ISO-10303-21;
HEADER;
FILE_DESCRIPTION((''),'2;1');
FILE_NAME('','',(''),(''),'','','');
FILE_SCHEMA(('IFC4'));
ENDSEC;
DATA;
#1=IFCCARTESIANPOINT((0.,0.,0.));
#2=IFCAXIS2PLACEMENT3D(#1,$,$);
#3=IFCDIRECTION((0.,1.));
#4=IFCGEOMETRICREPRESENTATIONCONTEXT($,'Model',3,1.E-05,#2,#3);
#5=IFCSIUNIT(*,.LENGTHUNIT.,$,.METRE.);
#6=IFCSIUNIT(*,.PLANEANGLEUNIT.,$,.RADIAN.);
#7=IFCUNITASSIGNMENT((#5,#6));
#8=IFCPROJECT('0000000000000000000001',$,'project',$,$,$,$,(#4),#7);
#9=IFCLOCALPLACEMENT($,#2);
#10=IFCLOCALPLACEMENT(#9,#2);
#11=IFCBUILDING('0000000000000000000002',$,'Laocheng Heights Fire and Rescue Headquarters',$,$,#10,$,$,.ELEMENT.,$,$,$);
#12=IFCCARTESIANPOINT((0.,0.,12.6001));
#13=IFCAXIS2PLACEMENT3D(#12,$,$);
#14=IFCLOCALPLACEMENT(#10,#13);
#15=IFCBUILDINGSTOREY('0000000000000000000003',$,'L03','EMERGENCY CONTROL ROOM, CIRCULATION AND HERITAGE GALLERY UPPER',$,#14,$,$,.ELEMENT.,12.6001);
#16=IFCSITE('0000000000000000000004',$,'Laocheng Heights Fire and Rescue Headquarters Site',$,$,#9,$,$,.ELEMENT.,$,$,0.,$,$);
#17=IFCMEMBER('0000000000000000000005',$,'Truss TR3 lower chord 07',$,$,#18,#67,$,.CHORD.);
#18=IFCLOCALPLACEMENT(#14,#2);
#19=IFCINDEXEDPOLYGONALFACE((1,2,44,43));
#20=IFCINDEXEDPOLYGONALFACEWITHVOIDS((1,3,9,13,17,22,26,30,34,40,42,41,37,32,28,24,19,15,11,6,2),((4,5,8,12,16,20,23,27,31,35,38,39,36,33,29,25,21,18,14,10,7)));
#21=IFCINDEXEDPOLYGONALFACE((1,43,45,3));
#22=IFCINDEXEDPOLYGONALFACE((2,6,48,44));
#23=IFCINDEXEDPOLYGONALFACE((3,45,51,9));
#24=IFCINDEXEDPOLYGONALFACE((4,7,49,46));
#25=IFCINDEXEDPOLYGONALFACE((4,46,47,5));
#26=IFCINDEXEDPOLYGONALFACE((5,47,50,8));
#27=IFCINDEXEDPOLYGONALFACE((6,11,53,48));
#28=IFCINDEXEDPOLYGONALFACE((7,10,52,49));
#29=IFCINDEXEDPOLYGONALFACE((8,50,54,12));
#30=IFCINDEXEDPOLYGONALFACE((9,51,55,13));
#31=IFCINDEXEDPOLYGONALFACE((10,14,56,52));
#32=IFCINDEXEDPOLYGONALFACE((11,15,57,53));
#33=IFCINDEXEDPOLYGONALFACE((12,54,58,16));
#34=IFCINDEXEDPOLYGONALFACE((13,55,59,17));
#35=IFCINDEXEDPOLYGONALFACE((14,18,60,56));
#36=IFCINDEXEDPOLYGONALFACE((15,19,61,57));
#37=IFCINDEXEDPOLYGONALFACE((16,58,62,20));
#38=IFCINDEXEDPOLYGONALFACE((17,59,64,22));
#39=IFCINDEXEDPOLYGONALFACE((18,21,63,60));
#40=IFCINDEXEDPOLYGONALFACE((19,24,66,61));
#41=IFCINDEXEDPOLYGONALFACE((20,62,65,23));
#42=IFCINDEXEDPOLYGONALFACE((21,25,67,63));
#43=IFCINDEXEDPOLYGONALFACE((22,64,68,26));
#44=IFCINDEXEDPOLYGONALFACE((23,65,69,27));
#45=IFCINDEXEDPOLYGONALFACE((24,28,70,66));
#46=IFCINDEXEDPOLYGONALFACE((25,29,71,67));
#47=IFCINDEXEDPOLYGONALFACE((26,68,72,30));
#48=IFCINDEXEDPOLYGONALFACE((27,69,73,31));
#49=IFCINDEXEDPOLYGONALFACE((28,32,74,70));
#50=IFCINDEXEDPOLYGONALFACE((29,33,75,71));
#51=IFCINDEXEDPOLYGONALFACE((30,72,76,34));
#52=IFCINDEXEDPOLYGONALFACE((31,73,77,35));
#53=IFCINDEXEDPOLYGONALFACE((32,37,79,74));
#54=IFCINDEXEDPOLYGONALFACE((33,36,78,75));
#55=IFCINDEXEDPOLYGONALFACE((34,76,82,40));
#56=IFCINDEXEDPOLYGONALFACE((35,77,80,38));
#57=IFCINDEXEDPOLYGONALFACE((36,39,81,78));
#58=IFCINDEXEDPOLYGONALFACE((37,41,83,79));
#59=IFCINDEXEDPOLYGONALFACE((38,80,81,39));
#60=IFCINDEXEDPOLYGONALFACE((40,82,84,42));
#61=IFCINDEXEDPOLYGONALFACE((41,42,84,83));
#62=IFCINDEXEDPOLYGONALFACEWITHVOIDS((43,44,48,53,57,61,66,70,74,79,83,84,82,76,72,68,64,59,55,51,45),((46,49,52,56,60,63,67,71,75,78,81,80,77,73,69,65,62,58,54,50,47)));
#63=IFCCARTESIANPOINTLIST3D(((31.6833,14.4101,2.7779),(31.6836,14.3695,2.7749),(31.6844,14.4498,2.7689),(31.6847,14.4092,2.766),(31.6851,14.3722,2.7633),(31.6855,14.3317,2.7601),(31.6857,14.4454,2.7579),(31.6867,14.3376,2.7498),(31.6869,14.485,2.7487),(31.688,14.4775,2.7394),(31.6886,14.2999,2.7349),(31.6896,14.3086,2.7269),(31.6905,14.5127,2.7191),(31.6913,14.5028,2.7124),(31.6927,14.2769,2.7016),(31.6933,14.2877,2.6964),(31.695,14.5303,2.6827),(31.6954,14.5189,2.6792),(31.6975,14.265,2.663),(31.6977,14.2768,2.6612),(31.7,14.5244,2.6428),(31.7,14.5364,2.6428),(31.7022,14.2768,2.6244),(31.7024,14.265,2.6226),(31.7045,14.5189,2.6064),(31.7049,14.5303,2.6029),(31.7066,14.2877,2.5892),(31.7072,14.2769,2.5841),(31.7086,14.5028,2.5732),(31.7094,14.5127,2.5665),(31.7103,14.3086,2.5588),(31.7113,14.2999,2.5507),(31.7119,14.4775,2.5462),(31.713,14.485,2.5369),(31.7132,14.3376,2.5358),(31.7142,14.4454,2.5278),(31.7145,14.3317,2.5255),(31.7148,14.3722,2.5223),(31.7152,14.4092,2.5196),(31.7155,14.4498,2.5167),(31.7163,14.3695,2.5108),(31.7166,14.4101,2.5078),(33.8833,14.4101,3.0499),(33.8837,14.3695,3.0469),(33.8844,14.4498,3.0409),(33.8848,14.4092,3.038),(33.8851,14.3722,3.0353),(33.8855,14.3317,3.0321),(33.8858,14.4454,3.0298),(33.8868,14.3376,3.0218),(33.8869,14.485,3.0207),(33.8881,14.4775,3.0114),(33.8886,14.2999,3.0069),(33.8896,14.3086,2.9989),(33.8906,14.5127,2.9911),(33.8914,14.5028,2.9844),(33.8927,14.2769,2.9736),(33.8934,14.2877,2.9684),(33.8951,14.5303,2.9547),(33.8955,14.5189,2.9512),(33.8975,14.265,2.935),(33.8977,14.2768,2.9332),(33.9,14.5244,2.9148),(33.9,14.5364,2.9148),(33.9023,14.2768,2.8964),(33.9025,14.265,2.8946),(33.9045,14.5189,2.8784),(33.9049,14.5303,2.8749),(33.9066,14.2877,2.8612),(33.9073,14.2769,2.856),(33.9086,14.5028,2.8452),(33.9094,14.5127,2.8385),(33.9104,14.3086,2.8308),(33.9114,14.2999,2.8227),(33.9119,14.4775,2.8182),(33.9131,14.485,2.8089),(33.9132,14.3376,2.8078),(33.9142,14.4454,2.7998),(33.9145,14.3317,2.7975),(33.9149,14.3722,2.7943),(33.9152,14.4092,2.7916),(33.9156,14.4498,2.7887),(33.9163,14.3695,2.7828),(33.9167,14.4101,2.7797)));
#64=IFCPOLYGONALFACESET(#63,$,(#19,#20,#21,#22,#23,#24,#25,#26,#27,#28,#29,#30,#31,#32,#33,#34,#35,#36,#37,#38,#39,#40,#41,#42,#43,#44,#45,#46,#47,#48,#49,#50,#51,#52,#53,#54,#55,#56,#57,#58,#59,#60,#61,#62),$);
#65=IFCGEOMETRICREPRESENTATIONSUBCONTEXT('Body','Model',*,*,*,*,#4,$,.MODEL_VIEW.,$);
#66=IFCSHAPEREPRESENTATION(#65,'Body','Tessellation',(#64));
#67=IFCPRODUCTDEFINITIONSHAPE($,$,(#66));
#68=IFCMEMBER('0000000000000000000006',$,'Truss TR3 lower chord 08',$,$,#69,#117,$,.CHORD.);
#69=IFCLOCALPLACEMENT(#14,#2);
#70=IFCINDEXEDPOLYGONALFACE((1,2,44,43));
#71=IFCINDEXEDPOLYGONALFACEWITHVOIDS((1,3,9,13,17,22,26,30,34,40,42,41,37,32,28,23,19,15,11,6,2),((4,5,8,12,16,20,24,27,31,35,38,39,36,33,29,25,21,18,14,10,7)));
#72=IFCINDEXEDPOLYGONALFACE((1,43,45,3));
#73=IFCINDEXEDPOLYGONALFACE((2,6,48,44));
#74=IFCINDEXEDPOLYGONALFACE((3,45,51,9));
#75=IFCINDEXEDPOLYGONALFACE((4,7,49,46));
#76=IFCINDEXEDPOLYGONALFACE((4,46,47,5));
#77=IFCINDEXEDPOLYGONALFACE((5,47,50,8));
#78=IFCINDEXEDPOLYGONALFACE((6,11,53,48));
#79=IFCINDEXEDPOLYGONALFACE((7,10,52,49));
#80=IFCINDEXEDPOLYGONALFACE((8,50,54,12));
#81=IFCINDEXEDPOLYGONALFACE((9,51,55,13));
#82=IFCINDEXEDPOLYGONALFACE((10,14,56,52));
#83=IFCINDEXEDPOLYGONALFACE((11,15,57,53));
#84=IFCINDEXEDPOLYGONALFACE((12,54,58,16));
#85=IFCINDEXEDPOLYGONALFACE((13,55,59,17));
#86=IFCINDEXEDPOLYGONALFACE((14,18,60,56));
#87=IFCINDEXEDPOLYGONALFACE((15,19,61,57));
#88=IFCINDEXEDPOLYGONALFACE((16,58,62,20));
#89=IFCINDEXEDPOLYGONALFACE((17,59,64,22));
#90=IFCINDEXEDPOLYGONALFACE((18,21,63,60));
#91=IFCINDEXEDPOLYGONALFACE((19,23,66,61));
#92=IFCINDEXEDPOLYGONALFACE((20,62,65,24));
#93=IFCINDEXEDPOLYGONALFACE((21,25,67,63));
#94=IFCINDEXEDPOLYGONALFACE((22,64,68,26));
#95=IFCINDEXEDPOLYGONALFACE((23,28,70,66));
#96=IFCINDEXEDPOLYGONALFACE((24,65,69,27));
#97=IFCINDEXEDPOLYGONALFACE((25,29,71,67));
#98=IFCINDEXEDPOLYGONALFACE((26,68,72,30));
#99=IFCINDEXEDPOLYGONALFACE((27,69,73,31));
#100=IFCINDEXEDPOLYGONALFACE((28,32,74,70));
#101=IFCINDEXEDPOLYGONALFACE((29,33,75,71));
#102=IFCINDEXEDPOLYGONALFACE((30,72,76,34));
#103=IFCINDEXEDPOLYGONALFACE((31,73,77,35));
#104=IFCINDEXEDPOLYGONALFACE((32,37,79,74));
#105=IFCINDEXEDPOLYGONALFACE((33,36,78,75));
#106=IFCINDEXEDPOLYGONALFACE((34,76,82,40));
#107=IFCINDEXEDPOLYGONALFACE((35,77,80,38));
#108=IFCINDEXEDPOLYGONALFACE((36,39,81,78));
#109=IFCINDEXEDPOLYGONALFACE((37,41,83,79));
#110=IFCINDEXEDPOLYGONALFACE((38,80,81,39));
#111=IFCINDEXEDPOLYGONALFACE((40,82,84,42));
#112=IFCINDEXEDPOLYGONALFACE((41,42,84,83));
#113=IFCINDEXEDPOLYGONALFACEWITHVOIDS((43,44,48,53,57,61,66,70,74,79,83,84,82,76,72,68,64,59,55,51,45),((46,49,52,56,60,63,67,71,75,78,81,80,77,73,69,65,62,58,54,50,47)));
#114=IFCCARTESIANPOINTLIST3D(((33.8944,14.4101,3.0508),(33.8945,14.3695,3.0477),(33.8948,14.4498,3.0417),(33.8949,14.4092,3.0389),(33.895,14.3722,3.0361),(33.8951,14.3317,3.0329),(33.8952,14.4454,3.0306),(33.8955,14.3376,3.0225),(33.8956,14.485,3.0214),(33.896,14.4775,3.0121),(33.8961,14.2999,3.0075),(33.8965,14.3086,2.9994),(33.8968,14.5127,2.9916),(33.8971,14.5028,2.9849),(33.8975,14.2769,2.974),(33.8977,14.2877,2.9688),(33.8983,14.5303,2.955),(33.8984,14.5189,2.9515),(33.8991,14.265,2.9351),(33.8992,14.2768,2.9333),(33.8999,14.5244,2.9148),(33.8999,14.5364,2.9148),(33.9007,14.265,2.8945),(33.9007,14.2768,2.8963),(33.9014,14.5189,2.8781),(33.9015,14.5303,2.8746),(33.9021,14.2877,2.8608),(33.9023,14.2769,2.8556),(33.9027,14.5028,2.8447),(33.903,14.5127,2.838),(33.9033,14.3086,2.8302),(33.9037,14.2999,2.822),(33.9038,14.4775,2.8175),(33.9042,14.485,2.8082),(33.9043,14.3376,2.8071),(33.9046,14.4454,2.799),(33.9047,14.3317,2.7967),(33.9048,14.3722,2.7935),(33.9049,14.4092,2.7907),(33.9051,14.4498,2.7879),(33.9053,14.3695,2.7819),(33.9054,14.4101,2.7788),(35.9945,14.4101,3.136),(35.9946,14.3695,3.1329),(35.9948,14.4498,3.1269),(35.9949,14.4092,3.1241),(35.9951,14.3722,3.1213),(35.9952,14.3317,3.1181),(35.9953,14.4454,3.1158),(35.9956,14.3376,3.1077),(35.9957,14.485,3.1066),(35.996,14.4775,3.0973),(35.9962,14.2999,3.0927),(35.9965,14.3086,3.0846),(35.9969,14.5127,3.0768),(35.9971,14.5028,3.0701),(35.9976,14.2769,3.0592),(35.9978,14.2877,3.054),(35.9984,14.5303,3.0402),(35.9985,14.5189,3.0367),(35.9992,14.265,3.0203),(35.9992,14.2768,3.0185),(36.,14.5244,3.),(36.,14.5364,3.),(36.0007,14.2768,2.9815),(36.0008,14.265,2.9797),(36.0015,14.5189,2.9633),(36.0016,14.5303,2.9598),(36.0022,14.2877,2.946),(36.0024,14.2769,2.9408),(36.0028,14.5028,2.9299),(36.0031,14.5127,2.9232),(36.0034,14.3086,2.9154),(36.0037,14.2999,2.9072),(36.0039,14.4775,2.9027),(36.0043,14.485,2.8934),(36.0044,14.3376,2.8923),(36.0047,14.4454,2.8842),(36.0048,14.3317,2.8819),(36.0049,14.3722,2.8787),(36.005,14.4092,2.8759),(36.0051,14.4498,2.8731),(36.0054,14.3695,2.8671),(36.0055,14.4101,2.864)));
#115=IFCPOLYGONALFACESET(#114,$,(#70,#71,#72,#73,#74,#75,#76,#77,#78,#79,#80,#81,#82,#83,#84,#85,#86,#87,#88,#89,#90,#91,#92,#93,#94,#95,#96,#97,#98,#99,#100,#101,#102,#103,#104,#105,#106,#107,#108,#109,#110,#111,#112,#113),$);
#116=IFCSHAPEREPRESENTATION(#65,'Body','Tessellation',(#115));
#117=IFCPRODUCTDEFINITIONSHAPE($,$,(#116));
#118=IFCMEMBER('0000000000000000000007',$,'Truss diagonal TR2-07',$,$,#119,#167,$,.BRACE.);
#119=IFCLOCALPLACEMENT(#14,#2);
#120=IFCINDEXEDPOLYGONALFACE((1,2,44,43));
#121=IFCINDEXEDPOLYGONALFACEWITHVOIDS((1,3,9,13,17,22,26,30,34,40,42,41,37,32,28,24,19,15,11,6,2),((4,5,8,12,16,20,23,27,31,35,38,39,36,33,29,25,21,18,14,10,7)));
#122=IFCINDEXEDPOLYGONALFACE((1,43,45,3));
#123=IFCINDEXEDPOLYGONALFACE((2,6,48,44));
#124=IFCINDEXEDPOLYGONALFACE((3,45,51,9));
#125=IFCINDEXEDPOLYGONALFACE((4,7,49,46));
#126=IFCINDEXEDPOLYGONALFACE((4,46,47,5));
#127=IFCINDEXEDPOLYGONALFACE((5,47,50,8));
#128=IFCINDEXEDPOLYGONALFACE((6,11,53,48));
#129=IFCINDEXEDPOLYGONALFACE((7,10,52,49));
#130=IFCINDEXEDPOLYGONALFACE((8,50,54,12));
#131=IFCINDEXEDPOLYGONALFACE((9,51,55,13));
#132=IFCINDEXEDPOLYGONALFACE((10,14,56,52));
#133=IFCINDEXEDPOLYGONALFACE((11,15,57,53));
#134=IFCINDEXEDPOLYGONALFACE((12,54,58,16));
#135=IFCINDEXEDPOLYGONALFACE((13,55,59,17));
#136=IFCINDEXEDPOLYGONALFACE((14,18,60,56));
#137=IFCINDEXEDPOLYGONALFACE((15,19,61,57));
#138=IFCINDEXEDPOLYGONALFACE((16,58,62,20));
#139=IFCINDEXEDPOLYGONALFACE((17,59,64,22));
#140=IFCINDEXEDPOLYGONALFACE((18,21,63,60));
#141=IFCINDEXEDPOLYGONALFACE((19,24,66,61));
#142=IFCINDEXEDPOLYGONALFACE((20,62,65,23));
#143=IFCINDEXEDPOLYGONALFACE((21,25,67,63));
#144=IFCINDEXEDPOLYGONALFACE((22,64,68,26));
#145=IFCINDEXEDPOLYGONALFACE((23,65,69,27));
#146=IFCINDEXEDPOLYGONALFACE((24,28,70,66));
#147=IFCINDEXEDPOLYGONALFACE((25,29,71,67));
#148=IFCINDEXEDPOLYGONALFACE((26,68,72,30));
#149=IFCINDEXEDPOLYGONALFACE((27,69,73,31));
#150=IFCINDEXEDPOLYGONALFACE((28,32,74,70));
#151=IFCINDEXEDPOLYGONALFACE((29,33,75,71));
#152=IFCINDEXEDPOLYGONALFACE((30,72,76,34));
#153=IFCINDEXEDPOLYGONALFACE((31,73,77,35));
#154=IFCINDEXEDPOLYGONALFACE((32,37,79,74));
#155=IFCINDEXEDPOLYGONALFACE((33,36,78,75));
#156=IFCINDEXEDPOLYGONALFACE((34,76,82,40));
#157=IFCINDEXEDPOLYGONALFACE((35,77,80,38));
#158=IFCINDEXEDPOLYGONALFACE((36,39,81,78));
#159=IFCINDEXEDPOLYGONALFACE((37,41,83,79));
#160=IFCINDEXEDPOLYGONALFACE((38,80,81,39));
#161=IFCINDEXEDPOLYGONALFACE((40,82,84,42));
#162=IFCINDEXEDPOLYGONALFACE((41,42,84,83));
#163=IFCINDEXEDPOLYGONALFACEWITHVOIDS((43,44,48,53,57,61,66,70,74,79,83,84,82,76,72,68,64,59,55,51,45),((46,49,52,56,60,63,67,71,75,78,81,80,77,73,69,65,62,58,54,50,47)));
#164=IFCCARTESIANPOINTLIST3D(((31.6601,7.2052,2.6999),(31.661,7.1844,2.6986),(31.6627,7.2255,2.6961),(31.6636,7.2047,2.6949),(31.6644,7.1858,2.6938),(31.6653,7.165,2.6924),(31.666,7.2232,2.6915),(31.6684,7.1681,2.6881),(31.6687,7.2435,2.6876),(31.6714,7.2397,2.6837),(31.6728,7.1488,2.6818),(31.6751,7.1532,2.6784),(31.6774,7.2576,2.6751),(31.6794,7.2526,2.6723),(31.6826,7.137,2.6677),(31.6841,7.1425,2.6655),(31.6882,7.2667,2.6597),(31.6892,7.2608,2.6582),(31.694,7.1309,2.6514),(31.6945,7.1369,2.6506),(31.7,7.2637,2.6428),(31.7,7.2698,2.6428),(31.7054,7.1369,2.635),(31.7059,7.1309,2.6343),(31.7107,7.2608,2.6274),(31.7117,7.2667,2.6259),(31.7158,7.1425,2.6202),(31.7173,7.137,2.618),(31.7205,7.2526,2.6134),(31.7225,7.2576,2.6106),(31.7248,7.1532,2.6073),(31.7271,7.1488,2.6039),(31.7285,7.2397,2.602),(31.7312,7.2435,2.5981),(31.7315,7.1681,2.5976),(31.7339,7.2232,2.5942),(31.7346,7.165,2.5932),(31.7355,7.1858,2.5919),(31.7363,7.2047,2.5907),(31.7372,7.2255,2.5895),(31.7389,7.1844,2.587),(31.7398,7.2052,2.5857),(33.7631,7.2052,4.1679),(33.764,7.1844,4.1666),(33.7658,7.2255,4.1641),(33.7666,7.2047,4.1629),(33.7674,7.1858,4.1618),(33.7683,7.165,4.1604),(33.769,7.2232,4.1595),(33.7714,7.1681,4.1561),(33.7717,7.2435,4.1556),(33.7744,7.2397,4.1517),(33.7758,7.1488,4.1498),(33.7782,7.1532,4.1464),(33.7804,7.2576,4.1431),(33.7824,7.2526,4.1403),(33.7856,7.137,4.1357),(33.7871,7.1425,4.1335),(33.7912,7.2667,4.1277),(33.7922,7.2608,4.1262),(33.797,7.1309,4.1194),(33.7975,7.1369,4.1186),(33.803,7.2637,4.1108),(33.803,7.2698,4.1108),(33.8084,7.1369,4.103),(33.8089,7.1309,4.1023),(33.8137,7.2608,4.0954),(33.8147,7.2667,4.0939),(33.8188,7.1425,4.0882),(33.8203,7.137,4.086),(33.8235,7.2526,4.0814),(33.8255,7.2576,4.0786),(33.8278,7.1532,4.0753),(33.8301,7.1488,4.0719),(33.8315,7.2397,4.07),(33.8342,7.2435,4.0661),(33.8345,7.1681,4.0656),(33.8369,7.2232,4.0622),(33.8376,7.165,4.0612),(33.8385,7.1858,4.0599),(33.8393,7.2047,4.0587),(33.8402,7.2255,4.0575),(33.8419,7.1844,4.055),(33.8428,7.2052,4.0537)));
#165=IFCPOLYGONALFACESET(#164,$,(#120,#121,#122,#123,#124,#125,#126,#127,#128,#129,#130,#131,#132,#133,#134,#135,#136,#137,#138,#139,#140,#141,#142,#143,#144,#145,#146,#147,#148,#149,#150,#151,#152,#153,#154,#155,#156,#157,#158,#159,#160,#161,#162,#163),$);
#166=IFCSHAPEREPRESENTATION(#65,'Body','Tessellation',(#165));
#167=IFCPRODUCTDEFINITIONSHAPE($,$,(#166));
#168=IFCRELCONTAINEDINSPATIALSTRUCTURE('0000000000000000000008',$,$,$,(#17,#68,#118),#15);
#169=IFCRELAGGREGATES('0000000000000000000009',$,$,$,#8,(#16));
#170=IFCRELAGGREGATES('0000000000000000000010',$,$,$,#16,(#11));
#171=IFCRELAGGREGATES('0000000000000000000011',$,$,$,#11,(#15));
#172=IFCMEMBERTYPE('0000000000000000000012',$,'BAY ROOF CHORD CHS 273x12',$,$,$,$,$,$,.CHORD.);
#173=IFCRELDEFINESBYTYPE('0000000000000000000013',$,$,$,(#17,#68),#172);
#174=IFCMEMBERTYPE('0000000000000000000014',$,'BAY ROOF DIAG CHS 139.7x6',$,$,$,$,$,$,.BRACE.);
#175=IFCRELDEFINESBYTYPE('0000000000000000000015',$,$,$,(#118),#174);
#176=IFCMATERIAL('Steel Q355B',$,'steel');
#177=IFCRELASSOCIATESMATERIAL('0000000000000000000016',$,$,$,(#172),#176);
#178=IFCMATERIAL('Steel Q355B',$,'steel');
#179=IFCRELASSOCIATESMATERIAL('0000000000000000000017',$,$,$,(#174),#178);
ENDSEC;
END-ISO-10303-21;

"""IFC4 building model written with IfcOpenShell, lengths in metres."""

from ifc_helpers import new_model, si_unit, direction, frame, origin, origin_2d, place, context, subcontext, project, spatial, hollow_circle, extrude, material, material_profile, profile_set, type_object, element, save


model = new_model("IFC4")

# Units and contexts
model_context = context("Model", 3, precision=1e-05, world=origin(), true_north=direction((0.0, 1.0)))
body_context = subcontext(model_context, "Body", "Model", "MODEL_VIEW")
ifc_project = project(units=[si_unit("LENGTHUNIT", "METRE"), si_unit("PLANEANGLEUNIT", "RADIAN")], contexts=[model_context])

# Site, building, storey
site_placement = place(None, origin())
site = spatial("IfcSite", under=ifc_project, at=site_placement, Name="Laocheng Heights Fire and Rescue Headquarters Site", CompositionType="ELEMENT", RefElevation=0.0)
building_placement = place(site_placement, origin())
building = spatial("IfcBuilding", under=site, at=building_placement, Name="Laocheng Heights Fire and Rescue Headquarters", CompositionType="ELEMENT")
storey_placement = place(building_placement, frame((0.0, 0.0, 12.6001)))
storey = spatial("IfcBuildingStorey", under=building, at=storey_placement, Name="L03", Description="EMERGENCY CONTROL ROOM, CIRCULATION AND HERITAGE GALLERY UPPER", CompositionType="ELEMENT", Elevation=12.6001)

# Members
ifc_material_1 = material(Name="Steel Q355B", Category="steel")
ifc_material_profile_1 = material_profile(ifc_material_1, hollow_circle(Radius=0.1365, WallThickness=0.012, at=origin_2d()), Name="CHS 273x12")
ifc_profile_set_1 = profile_set([ifc_material_profile_1], Name="Steel Q355B")
member_type_1 = type_object("IfcMemberType", Name="BAY ROOF CHORD CHS 273x12", PredefinedType="CHORD", material=ifc_profile_set_1)
member_1_placement = place(storey_placement, frame((31.7, 14.3999, 2.6428), z_axis=(0.992445, 0.0, 0.122693), x_axis=(0.0, 1.0, 0.0)))
element("IfcMember", 1, at=member_1_placement, inside=storey, type_object=member_type_1, Name="Truss TR3 lower chord 07", PredefinedType="CHORD", context=body_context, shape_type="SweptSolid", body=[
    extrude(hollow_circle(Radius=0.1365, WallThickness=0.012, at=origin_2d()), origin(), (0.0, 0.0, 1.0), 2.2168),
])
member_2_placement = place(storey_placement, frame((33.8999, 14.3999, 2.9148), z_axis=(0.999178, 0.0, 0.040539), x_axis=(0.0, 1.0, 0.0)))
element("IfcMember", 2, at=member_2_placement, inside=storey, type_object=member_type_1, Name="Truss TR3 lower chord 08", PredefinedType="CHORD", context=body_context, shape_type="SweptSolid", body=[
    extrude(hollow_circle(Radius=0.1365, WallThickness=0.012, at=origin_2d()), origin(), (0.0, 0.0, 1.0), 2.1018),
])
ifc_material_2 = material(Name="Steel Q355B", Category="steel")
ifc_material_profile_2 = material_profile(ifc_material_2, hollow_circle(Radius=0.0698, WallThickness=0.0061, at=origin_2d()), Name="CHS 139.7x6")
ifc_profile_set_2 = profile_set([ifc_material_profile_2], Name="Steel Q355B")
member_type_2 = type_object("IfcMemberType", Name="BAY ROOF DIAG CHS 139.7x6", PredefinedType="BRACE", material=ifc_profile_set_2)
member_3_placement = place(storey_placement, frame((31.7, 7.2, 2.6428), z_axis=(0.819983, 0.0, 0.572389), x_axis=(0.0, 1.0, 0.0)))
element("IfcMember", 3, at=member_3_placement, inside=storey, type_object=member_type_2, Name="Truss diagonal TR2-07", PredefinedType="BRACE", context=body_context, shape_type="SweptSolid", body=[
    extrude(hollow_circle(Radius=0.0698, WallThickness=0.0061, at=origin_2d()), origin(), (0.0, 0.0, 1.0), 2.5647),
])

save(model, "model.ifc")
